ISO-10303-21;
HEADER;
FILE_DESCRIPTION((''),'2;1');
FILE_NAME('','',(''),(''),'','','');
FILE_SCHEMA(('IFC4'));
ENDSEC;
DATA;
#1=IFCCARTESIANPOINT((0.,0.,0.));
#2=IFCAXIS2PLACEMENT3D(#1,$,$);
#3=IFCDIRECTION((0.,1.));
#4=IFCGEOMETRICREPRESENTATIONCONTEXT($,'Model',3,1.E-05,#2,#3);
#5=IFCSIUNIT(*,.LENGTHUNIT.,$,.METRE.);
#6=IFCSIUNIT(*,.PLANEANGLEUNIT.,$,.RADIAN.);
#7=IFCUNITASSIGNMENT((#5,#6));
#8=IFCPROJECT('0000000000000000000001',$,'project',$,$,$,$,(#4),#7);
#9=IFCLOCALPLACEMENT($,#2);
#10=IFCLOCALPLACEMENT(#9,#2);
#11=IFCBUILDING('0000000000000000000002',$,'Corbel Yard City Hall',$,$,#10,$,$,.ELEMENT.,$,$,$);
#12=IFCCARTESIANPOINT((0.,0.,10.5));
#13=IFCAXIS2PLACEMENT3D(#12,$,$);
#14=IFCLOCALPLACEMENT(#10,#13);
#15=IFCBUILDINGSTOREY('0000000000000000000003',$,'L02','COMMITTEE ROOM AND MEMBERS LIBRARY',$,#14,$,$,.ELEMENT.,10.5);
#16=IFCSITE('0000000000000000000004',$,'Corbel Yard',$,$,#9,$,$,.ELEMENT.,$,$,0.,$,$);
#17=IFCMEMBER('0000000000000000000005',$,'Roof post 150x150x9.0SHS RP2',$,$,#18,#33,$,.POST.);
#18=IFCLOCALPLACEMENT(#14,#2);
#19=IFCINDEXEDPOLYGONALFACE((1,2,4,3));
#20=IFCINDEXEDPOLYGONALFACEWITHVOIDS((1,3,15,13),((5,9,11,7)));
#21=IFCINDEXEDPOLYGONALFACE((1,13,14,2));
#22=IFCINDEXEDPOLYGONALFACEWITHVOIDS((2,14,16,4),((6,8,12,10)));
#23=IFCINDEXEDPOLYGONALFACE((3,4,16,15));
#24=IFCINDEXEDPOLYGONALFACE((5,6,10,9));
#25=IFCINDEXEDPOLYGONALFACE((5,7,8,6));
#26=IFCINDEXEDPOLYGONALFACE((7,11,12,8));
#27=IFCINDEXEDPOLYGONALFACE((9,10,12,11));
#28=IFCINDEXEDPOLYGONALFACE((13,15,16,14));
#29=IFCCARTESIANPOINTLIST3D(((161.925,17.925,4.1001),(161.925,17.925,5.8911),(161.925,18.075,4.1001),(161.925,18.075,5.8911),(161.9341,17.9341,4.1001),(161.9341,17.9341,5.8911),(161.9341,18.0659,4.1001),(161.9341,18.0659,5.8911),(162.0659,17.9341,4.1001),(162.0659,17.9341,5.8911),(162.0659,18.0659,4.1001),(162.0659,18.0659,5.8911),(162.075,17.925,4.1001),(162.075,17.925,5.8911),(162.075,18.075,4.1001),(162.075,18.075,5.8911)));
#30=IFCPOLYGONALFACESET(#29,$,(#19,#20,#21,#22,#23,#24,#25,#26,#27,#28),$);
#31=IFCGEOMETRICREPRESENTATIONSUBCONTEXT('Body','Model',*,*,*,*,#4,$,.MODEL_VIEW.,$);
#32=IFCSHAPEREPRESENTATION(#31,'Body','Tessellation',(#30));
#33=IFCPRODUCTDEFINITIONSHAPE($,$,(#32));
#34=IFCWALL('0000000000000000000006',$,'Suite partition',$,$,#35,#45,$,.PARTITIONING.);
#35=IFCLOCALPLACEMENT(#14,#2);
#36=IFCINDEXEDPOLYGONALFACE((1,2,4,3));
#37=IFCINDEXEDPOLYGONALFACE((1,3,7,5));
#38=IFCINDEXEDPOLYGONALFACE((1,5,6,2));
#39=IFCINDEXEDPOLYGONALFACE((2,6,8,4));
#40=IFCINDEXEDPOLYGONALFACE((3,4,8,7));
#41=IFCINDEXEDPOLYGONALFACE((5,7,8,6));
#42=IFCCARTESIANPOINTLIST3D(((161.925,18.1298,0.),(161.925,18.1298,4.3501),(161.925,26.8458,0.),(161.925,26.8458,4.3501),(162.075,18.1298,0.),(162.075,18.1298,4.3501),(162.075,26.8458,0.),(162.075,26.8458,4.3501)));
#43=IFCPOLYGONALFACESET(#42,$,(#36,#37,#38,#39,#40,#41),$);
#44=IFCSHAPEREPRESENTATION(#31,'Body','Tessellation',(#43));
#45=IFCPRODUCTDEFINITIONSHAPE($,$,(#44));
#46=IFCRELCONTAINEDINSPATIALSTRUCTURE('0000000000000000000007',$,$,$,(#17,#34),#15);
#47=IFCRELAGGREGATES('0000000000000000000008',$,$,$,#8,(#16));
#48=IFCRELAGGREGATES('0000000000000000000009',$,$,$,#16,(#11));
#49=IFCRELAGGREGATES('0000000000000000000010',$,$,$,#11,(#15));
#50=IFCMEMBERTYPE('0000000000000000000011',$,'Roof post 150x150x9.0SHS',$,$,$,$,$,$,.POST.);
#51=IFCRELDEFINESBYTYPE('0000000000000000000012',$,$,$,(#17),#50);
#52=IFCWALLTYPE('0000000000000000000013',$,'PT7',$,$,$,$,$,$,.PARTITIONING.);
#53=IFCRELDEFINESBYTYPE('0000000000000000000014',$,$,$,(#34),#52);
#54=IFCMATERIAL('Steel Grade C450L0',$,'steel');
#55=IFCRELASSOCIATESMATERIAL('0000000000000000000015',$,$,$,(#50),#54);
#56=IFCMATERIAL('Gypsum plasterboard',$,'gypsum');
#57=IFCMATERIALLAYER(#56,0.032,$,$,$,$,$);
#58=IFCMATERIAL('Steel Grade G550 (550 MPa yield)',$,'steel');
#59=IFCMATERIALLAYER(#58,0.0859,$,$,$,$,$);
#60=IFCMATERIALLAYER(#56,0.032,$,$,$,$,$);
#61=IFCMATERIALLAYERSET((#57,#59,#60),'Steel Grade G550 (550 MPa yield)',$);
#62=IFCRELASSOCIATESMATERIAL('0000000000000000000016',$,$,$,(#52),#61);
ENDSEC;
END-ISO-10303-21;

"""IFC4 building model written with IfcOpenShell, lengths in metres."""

from ifc_helpers import new_model, si_unit, direction, frame, frame_2d, origin, origin_2d, place, context, subcontext, project, spatial, rectangle, hollow_rectangle, extrude, material, layer, layer_set, material_profile, profile_set, type_object, element, save


model = new_model("IFC4")

# Units and contexts
model_context = context("Model", 3, precision=1e-05, world=origin(), true_north=direction((0.0, 1.0)))
body_context = subcontext(model_context, "Body", "Model", "MODEL_VIEW")
ifc_project = project(units=[si_unit("LENGTHUNIT", "METRE"), si_unit("PLANEANGLEUNIT", "RADIAN")], contexts=[model_context])

# Site, building, storey
site_placement = place(None, origin())
site = spatial("IfcSite", under=ifc_project, at=site_placement, Name="Corbel Yard", CompositionType="ELEMENT", RefElevation=0.0)
building_placement = place(site_placement, origin())
building = spatial("IfcBuilding", under=site, at=building_placement, Name="Corbel Yard City Hall", CompositionType="ELEMENT")
storey_placement = place(building_placement, frame((0.0, 0.0, 10.5)))
storey = spatial("IfcBuildingStorey", under=building, at=storey_placement, Name="L02", Description="COMMITTEE ROOM AND MEMBERS LIBRARY", CompositionType="ELEMENT", Elevation=10.5)

# Member
ifc_material_1 = material(Name="Steel Grade C450L0", Category="steel")
ifc_material_profile_1 = material_profile(ifc_material_1, hollow_rectangle(XDim=0.1499, YDim=0.1499, WallThickness=0.009, at=origin_2d()), Name="150x150x9.0SHS")
ifc_profile_set_1 = profile_set([ifc_material_profile_1], Name="Steel Grade C450L0")
member_type_1 = type_object("IfcMemberType", Name="Roof post 150x150x9.0SHS", PredefinedType="POST", material=ifc_profile_set_1)
member_1_placement = place(storey_placement, frame((162.0, 18.0, 4.1001), z_axis=(0.0, 0.0, 1.0), x_axis=(1.0, 0.0, 0.0)))
element("IfcMember", 1, at=member_1_placement, inside=storey, type_object=member_type_1, Name="Roof post 150x150x9.0SHS RP2", PredefinedType="POST", context=body_context, shape_type="SweptSolid", body=[
    extrude(hollow_rectangle(XDim=0.1499, YDim=0.1499, WallThickness=0.009, at=origin_2d()), origin(), (0.0, 0.0, 1.0), 1.791),
])

# Wall
ifc_material_2 = material(Name="Gypsum plasterboard", Category="gypsum")
ifc_layer_1 = layer(ifc_material_2, 0.032)
ifc_material_3 = material(Name="Steel Grade G550 (550 MPa yield)", Category="steel")
ifc_layer_2 = layer(ifc_material_3, 0.0859)
ifc_layer_3 = layer(ifc_material_2, 0.032)
ifc_layer_set = layer_set([ifc_layer_1, ifc_layer_2, ifc_layer_3], Name="Steel Grade G550 (550 MPa yield)")
wall_type = type_object("IfcWallType", Name="PT7", PredefinedType="PARTITIONING", material=ifc_layer_set)
wall_placement = place(storey_placement, frame((162.0, 18.1299, 0.0), z_axis=(0.0, 0.0, 1.0), x_axis=(0.0, 1.0, 0.0)))
element("IfcWall", 2, at=wall_placement, inside=storey, type_object=wall_type, Name="Suite partition", PredefinedType="PARTITIONING", context=body_context, shape_type="SweptSolid", body=[
    extrude(rectangle(XDim=8.7161, YDim=0.1499, at=frame_2d((4.3579, 0.0))), origin(), (0.0, 0.0, 1.0), 4.3501),
])

save(model, "model.ifc")
